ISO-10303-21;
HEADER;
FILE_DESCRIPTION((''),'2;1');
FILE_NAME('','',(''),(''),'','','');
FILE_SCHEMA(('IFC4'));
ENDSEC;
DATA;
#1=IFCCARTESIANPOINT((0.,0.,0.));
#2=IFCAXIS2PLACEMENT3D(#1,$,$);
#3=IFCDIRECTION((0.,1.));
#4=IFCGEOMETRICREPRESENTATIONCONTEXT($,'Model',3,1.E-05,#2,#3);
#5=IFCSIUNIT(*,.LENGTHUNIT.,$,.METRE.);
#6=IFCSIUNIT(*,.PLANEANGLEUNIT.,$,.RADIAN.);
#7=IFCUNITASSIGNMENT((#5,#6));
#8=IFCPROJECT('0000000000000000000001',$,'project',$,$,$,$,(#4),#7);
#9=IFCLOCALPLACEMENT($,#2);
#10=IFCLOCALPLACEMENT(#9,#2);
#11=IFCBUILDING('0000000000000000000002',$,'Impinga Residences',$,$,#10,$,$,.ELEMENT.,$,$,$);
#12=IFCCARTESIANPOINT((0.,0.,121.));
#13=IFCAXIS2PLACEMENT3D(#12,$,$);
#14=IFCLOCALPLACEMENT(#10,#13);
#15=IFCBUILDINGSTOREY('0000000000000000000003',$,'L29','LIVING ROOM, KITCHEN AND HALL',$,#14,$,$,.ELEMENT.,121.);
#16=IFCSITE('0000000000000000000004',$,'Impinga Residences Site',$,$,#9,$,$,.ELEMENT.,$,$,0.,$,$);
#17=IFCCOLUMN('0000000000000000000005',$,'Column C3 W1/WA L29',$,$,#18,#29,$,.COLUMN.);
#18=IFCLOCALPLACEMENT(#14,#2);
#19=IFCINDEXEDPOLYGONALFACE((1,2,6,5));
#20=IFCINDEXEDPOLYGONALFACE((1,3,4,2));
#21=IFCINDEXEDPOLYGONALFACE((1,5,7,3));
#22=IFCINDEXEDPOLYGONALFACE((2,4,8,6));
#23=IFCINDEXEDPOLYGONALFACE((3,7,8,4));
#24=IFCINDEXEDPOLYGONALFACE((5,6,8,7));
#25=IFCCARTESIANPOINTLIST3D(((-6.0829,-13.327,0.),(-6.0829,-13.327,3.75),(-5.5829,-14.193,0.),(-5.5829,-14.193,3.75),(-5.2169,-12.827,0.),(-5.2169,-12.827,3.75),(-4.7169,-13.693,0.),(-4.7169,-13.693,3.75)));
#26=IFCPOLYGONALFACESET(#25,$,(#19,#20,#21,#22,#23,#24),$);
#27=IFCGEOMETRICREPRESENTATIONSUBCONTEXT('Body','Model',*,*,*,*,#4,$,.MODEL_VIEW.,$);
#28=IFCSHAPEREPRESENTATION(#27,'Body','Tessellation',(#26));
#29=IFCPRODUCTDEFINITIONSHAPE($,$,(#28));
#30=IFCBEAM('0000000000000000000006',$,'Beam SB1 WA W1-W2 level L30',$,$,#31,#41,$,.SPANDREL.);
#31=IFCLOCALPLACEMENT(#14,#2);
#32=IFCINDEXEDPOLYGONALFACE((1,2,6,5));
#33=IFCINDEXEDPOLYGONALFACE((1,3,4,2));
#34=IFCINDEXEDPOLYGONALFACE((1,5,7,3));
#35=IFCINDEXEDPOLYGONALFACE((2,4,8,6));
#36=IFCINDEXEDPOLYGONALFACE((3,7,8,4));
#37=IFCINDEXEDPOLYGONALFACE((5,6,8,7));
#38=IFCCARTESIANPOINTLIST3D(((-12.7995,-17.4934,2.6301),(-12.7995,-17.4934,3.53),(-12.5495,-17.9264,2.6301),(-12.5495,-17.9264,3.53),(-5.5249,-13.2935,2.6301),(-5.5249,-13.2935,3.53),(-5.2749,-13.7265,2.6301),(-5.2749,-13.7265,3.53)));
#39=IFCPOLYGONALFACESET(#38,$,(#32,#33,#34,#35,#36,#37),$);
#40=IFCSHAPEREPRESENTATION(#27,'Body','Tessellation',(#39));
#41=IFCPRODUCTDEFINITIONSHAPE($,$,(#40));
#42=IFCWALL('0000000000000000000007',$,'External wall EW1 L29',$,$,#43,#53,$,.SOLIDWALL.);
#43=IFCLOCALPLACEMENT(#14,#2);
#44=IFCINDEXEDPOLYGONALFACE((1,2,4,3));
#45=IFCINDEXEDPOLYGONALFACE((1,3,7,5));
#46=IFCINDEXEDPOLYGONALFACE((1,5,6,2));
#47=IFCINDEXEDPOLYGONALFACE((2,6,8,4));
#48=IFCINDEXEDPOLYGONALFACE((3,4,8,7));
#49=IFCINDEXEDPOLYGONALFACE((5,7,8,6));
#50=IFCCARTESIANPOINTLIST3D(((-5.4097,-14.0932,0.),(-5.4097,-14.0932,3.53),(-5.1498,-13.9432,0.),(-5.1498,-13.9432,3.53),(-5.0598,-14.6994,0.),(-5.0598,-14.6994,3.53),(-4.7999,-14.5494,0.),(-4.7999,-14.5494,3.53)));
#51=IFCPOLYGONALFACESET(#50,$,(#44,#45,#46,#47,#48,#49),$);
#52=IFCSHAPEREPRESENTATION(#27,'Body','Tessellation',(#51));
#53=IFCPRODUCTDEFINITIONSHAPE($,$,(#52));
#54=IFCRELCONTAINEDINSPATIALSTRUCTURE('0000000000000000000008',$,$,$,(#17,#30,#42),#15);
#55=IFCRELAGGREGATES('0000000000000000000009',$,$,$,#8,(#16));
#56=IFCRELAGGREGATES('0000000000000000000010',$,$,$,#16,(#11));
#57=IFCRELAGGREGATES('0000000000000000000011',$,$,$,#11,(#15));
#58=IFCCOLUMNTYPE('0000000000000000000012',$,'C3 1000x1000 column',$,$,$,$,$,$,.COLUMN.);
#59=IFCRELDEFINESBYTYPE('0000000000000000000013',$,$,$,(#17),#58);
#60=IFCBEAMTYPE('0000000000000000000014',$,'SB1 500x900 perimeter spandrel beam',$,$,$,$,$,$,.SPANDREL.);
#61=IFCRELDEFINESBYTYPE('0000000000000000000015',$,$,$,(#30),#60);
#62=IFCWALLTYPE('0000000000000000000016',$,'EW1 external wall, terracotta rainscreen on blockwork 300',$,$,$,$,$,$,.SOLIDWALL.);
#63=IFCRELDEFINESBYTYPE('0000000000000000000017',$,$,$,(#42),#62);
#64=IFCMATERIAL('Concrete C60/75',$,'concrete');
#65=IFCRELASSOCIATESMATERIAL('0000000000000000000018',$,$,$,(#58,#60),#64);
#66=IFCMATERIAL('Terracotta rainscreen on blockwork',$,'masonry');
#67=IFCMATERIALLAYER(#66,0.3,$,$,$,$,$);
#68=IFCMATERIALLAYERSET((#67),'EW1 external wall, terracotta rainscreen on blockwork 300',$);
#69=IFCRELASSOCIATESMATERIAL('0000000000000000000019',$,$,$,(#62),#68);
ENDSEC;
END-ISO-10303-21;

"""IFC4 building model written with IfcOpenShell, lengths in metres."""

from ifc_helpers import new_model, si_unit, direction, frame, frame_2d, origin, origin_2d, place, context, subcontext, project, spatial, rectangle, extrude, material, layer, layer_set, material_profile, profile_set, type_object, element, save


model = new_model("IFC4")

# Units and contexts
model_context = context("Model", 3, precision=1e-05, world=origin(), true_north=direction((0.0, 1.0)))
body_context = subcontext(model_context, "Body", "Model", "MODEL_VIEW")
ifc_project = project(units=[si_unit("LENGTHUNIT", "METRE"), si_unit("PLANEANGLEUNIT", "RADIAN")], contexts=[model_context])

# Site, building, storey
site_placement = place(None, origin())
site = spatial("IfcSite", under=ifc_project, at=site_placement, Name="Impinga Residences Site", CompositionType="ELEMENT", RefElevation=0.0)
building_placement = place(site_placement, origin())
building = spatial("IfcBuilding", under=site, at=building_placement, Name="Impinga Residences", CompositionType="ELEMENT")
storey_placement = place(building_placement, frame((0.0, 0.0, 121.0)))
storey = spatial("IfcBuildingStorey", under=building, at=storey_placement, Name="L29", Description="LIVING ROOM, KITCHEN AND HALL", CompositionType="ELEMENT", Elevation=121.0)

# Column
ifc_material_1 = material(Name="Concrete C60/75", Category="concrete")
ifc_material_profile_1 = material_profile(ifc_material_1, rectangle(XDim=1.0, YDim=1.0, at=origin_2d()), Name="RC 1000x1000")
ifc_profile_set_1 = profile_set([ifc_material_profile_1], Name="Concrete C60/75")
column_type = type_object("IfcColumnType", Name="C3 1000x1000 column", PredefinedType="COLUMN", material=ifc_profile_set_1)
column_placement = place(storey_placement, frame((-5.3999, -13.51, 0.0), z_axis=(0.0, 0.0, 1.0), x_axis=(-0.5, 0.866025, 0.0)))
element("IfcColumn", 1, at=column_placement, inside=storey, type_object=column_type, Name="Column C3 W1/WA L29", PredefinedType="COLUMN", context=body_context, shape_type="SweptSolid", body=[
    extrude(rectangle(XDim=1.0, YDim=1.0, at=origin_2d()), origin(), (0.0, 0.0, 1.0), 3.75),
])

# Beam
ifc_material_profile_2 = material_profile(ifc_material_1, rectangle(XDim=0.5, YDim=0.8999, at=origin_2d()), Name="RC 500x900")
ifc_profile_set_2 = profile_set([ifc_material_profile_2], Name="Concrete C60/75")
beam_type = type_object("IfcBeamType", Name="SB1 500x900 perimeter spandrel beam", PredefinedType="SPANDREL", material=ifc_profile_set_2)
beam_placement = place(storey_placement, frame((-5.3999, -13.51, 3.0801), z_axis=(-0.866029, -0.499993, 0.0), x_axis=(0.499993, -0.866029, 0.0)))
element("IfcBeam", 2, at=beam_placement, inside=storey, type_object=beam_type, Name="Beam SB1 WA W1-W2 level L30", PredefinedType="SPANDREL", context=body_context, shape_type="SweptSolid", body=[
    extrude(rectangle(XDim=0.5, YDim=0.8999, at=origin_2d()), origin(), (0.0, 0.0, 1.0), 8.3999),
])

# Wall
ifc_material_2 = material(Name="Terracotta rainscreen on blockwork", Category="masonry")
ifc_layer_1 = layer(ifc_material_2, 0.3)
ifc_layer_set_1 = layer_set([ifc_layer_1], Name="EW1 external wall, terracotta rainscreen on blockwork 300")
wall_type_1 = type_object("IfcWallType", Name="EW1 external wall, terracotta rainscreen on blockwork 300", PredefinedType="SOLIDWALL", material=ifc_layer_set_1)
wall_1_placement = place(storey_placement, frame((-5.2798, -14.0181, 0.0), z_axis=(0.0, 0.0, 1.0), x_axis=(0.499853, -0.86611, 0.0)))
element("IfcWall", 3, at=wall_1_placement, inside=storey, type_object=wall_type_1, Name="External wall EW1 L29", PredefinedType="SOLIDWALL", context=body_context, shape_type="SweptSolid", body=[
    extrude(rectangle(XDim=0.7, YDim=0.3, at=frame_2d((0.3501, 0.0))), origin(), (0.0, 0.0, 1.0), 3.53),
])

save(model, "model.ifc")
